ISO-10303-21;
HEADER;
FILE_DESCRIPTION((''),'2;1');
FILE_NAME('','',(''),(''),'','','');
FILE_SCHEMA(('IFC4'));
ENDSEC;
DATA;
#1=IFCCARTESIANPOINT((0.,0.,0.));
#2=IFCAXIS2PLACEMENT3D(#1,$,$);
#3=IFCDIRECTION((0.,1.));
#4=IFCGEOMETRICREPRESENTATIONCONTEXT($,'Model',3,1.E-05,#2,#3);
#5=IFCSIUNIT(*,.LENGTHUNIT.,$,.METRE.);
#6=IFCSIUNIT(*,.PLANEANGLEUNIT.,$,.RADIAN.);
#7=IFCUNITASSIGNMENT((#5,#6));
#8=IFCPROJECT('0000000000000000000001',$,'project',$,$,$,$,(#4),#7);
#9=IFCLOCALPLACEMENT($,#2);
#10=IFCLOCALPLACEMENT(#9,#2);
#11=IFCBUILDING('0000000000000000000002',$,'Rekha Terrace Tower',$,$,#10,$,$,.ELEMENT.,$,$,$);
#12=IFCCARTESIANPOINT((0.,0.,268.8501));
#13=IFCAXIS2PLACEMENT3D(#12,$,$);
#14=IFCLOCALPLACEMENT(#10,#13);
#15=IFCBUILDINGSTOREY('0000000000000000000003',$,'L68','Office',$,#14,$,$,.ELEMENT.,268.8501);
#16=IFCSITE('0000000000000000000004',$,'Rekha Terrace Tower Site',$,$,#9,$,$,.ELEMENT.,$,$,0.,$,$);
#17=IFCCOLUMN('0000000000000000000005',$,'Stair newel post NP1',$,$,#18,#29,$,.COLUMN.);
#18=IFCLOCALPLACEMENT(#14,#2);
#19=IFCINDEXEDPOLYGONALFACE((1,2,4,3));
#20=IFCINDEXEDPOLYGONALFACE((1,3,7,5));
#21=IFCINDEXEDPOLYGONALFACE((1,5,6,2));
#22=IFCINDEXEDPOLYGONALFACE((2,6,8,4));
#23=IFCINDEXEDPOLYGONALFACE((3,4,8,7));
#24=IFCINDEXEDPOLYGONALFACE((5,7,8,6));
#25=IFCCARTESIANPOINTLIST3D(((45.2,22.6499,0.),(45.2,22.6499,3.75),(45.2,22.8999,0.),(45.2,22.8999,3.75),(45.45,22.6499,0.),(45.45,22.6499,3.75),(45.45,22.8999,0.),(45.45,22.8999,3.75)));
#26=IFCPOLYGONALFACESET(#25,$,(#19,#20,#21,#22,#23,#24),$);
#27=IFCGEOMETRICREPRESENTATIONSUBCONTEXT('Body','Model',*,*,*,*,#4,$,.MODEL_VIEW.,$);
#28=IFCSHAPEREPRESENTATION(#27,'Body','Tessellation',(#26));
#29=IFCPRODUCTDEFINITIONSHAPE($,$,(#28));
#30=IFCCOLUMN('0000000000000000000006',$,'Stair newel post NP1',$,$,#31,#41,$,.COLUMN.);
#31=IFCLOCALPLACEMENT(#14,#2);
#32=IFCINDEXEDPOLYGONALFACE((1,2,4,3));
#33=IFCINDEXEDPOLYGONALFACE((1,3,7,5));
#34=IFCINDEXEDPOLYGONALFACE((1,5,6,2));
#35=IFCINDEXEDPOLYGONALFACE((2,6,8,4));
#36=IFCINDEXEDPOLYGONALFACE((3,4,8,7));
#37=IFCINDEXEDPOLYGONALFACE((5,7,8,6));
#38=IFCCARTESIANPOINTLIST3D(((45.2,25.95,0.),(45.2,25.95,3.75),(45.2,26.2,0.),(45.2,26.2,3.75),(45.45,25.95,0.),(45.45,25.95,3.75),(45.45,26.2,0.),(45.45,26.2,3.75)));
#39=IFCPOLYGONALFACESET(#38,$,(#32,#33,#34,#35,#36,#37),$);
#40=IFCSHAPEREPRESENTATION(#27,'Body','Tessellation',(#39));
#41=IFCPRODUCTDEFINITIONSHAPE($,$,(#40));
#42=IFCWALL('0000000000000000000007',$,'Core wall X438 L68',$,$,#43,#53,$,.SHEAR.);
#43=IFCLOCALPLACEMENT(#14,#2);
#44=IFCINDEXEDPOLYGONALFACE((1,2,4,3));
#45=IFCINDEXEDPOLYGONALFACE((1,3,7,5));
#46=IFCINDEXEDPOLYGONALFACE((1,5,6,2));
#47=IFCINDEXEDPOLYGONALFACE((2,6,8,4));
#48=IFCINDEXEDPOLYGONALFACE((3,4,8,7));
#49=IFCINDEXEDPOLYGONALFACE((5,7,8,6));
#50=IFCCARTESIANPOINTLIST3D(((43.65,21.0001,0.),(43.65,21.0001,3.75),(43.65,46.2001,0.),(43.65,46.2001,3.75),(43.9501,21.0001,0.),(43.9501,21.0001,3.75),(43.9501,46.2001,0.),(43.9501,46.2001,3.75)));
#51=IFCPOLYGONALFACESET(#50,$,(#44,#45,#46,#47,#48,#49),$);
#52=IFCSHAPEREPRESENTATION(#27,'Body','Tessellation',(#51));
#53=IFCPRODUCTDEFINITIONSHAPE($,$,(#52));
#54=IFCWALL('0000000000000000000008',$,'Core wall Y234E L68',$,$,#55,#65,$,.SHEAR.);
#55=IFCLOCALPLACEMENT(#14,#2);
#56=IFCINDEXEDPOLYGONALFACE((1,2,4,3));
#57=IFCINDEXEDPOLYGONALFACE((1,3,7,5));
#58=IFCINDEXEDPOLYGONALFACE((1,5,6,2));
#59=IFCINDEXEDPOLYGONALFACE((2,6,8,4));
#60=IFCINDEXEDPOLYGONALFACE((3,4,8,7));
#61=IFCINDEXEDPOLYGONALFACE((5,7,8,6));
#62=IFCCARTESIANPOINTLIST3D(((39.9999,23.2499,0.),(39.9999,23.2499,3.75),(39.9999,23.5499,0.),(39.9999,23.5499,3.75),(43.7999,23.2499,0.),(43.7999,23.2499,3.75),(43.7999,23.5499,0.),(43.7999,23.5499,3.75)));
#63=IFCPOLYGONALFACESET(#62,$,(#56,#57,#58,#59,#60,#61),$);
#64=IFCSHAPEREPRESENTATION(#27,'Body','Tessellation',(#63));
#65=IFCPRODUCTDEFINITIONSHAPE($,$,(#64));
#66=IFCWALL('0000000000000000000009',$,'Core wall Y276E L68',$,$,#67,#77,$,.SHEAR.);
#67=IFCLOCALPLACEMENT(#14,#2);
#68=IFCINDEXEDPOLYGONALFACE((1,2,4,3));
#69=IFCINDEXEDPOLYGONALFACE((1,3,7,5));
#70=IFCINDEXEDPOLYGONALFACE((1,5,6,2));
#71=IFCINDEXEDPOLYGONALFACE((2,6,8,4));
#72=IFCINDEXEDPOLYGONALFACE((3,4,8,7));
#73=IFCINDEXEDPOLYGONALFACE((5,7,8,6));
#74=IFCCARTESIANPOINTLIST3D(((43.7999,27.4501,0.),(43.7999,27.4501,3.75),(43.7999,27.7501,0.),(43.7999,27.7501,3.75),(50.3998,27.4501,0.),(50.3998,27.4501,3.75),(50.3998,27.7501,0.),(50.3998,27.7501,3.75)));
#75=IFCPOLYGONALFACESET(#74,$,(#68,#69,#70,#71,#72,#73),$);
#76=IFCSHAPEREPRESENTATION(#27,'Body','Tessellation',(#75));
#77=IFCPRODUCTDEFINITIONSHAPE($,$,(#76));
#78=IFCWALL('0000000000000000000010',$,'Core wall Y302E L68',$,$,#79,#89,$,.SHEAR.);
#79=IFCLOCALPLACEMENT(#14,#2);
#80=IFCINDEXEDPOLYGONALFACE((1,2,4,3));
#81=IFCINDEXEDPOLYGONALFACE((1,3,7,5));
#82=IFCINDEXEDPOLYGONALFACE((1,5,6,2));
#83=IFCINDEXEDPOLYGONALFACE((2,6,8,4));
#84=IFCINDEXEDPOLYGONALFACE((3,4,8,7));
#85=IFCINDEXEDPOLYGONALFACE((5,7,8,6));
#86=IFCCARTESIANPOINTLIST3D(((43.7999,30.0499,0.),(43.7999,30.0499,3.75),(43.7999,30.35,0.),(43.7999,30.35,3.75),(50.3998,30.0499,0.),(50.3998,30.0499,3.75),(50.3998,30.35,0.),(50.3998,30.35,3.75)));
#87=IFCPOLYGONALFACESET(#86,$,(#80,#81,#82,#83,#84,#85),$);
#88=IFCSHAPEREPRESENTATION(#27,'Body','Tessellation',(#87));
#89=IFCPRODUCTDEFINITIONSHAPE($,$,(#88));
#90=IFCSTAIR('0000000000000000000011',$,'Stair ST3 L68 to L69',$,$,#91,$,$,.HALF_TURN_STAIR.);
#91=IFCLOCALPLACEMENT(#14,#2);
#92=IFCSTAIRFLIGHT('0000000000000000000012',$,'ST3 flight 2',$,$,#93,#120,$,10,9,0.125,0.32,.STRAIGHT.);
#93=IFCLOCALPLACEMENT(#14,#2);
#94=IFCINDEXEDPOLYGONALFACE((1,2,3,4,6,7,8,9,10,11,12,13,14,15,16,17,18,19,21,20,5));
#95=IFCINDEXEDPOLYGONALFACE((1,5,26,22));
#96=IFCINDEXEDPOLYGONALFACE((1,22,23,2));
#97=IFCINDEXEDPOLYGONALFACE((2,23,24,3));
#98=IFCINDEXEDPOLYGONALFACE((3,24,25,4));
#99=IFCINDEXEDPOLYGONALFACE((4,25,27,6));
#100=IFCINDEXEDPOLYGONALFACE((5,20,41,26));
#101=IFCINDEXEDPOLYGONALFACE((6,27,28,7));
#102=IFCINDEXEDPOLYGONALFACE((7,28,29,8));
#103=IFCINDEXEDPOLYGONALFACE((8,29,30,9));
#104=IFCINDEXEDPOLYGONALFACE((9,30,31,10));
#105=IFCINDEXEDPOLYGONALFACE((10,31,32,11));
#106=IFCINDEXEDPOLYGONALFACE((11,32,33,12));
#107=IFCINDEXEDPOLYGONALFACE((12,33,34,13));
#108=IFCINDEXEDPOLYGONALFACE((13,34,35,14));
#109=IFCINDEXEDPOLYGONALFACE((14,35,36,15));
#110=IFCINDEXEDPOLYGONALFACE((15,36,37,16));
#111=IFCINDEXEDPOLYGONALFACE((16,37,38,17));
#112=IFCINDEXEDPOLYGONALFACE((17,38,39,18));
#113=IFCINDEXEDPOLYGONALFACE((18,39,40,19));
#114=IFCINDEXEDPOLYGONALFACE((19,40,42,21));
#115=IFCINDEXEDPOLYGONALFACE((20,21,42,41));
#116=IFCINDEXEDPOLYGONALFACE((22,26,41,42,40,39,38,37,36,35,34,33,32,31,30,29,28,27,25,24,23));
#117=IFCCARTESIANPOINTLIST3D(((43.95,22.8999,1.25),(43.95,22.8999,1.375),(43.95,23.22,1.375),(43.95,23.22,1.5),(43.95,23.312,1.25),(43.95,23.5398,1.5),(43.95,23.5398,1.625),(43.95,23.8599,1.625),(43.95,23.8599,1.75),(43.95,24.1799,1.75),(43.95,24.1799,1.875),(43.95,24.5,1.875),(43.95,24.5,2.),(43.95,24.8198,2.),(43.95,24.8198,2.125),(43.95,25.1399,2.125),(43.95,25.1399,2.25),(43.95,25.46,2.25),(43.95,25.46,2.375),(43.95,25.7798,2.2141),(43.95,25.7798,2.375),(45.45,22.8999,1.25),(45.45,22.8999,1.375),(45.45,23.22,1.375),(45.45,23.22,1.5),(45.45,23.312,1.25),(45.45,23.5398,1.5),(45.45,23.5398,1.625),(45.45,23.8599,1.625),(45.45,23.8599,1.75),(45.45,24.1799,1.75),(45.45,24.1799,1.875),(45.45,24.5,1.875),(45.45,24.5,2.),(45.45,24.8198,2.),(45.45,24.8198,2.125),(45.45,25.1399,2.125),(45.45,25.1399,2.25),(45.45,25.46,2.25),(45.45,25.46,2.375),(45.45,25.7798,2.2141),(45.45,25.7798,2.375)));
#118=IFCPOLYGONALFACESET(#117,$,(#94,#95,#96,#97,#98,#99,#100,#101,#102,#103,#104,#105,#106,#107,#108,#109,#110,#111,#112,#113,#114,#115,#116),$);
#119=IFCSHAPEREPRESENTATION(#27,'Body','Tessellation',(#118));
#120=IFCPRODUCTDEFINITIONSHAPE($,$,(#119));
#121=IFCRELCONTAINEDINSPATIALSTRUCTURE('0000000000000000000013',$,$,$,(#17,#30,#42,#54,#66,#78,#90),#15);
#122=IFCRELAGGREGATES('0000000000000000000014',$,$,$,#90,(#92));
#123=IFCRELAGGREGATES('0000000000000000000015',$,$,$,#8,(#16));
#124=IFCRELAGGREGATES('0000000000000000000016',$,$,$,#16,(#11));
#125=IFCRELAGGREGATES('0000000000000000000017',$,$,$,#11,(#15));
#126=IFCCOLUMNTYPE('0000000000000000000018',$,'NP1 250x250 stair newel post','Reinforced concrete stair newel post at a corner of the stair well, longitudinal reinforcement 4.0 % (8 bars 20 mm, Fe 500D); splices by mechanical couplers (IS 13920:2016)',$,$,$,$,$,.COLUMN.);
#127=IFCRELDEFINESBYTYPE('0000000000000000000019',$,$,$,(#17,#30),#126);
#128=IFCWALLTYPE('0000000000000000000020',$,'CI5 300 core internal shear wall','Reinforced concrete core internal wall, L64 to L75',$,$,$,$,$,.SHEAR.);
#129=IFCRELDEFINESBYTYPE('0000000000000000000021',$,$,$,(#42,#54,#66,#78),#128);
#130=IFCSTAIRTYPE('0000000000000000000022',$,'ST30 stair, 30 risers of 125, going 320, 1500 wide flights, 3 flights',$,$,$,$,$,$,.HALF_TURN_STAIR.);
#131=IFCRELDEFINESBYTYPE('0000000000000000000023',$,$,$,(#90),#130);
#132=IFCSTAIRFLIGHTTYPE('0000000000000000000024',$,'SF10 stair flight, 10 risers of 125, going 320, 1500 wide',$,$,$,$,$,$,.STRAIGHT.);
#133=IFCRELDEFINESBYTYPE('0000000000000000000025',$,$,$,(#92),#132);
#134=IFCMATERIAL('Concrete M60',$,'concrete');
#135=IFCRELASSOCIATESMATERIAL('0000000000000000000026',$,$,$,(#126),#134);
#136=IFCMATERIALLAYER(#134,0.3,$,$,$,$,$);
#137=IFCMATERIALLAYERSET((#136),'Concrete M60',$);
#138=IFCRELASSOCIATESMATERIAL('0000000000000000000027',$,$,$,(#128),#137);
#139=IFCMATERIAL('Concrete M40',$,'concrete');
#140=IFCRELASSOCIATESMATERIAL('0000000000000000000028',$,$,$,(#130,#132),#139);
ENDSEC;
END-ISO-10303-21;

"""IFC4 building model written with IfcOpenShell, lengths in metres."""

from ifc_helpers import new_model, si_unit, direction, frame, frame_2d, origin, origin_2d, place, context, subcontext, project, spatial, polyline, rectangle, outline, extrude, material, layer, layer_set, material_profile, profile_set, type_object, element, aggregate, save


model = new_model("IFC4")

# Units and contexts
model_context = context("Model", 3, precision=1e-05, world=origin(), true_north=direction((0.0, 1.0)))
body_context = subcontext(model_context, "Body", "Model", "MODEL_VIEW")
ifc_project = project(units=[si_unit("LENGTHUNIT", "METRE"), si_unit("PLANEANGLEUNIT", "RADIAN")], contexts=[model_context])

# Site, building, storey
site_placement = place(None, origin())
site = spatial("IfcSite", under=ifc_project, at=site_placement, Name="Rekha Terrace Tower Site", CompositionType="ELEMENT", RefElevation=0.0)
building_placement = place(site_placement, origin())
building = spatial("IfcBuilding", under=site, at=building_placement, Name="Rekha Terrace Tower", CompositionType="ELEMENT")
storey_placement = place(building_placement, frame((0.0, 0.0, 268.8501)))
storey = spatial("IfcBuildingStorey", under=building, at=storey_placement, Name="L68", Description="Office", CompositionType="ELEMENT", Elevation=268.8501)

# Columns
ifc_material_1 = material(Name="Concrete M60", Category="concrete")
ifc_material_profile = material_profile(ifc_material_1, rectangle(XDim=0.25, YDim=0.25, at=origin_2d()), Name="RC 250x250")
ifc_profile_set = profile_set([ifc_material_profile], Name="Concrete M60")
column_type = type_object("IfcColumnType", Name="NP1 250x250 stair newel post", Description="Reinforced concrete stair newel post at a corner of the stair well, longitudinal reinforcement 4.0 % (8 bars 20 mm, Fe 500D); splices by mechanical couplers (IS 13920:2016)", PredefinedType="COLUMN", material=ifc_profile_set)
for number, where, z_axis, x_axis, name in (
    (1, (45.325, 22.7749, 0.0), (0.0, 0.0, 1.0), (1.0, 0.0, 0.0), "Stair newel post NP1"),
    (2, (45.325, 26.075, 0.0), (0.0, 0.0, 1.0), (1.0, 0.0, 0.0), "Stair newel post NP1"),
):
    element("IfcColumn", number, at=place(storey_placement, frame(where, z_axis=z_axis, x_axis=x_axis)), inside=storey, type_object=column_type, Name=name, PredefinedType="COLUMN", context=body_context, shape_type="SweptSolid", body=[
        extrude(rectangle(XDim=0.25, YDim=0.25, at=origin_2d()), origin(), (0.0, 0.0, 1.0), 3.75),
    ])

# Walls
ifc_layer = layer(ifc_material_1, 0.3)
ifc_layer_set = layer_set([ifc_layer], Name="Concrete M60")
wall_type = type_object("IfcWallType", Name="CI5 300 core internal shear wall", Description="Reinforced concrete core internal wall, L64 to L75", PredefinedType="SHEAR", material=ifc_layer_set)
wall_1_placement = place(storey_placement, frame((43.8, 21.0, 0.0), z_axis=(0.0, 0.0, 1.0), x_axis=(0.0, 1.0, 0.0)))
element("IfcWall", 3, at=wall_1_placement, inside=storey, type_object=wall_type, Name="Core wall X438 L68", PredefinedType="SHEAR", context=body_context, shape_type="SweptSolid", body=[
    extrude(rectangle(XDim=25.2, YDim=0.3, at=frame_2d((12.6001, 0.0))), origin(), (0.0, 0.0, 1.0), 3.75),
])
wall_2_placement = place(storey_placement, frame((40.0, 23.3999, 0.0), z_axis=(0.0, 0.0, 1.0), x_axis=(1.0, 0.0, 0.0)))
element("IfcWall", 4, at=wall_2_placement, inside=storey, type_object=wall_type, Name="Core wall Y234E L68", PredefinedType="SHEAR", context=body_context, shape_type="SweptSolid", body=[
    extrude(rectangle(XDim=3.8, YDim=0.3, at=frame_2d((1.8999, 0.0))), origin(), (0.0, 0.0, 1.0), 3.75),
])
for number, where, z_axis, x_axis, name in (
    (5, (43.8, 27.6001, 0.0), (0.0, 0.0, 1.0), (1.0, 0.0, 0.0), "Core wall Y276E L68"),
    (6, (43.8, 30.2, 0.0), (0.0, 0.0, 1.0), (1.0, 0.0, 0.0), "Core wall Y302E L68"),
):
    element("IfcWall", number, at=place(storey_placement, frame(where, z_axis=z_axis, x_axis=x_axis)), inside=storey, type_object=wall_type, Name=name, PredefinedType="SHEAR", context=body_context, shape_type="SweptSolid", body=[
        extrude(rectangle(XDim=6.5999, YDim=0.3, at=frame_2d((3.2998, 0.0))), origin(), (0.0, 0.0, 1.0), 3.75),
    ])

# Stair, stair flight
ifc_material_2 = material(Name="Concrete M40", Category="concrete")
stair_type = type_object("IfcStairType", Name="ST30 stair, 30 risers of 125, going 320, 1500 wide flights, 3 flights", PredefinedType="HALF_TURN_STAIR", material=ifc_material_2)
stair_placement = place(storey_placement, origin())
stair = element("IfcStair", 7, at=stair_placement, inside=storey, type_object=stair_type, Name="Stair ST3 L68 to L69", PredefinedType="HALF_TURN_STAIR")
stair_flight_type = type_object("IfcStairFlightType", Name="SF10 stair flight, 10 risers of 125, going 320, 1500 wide", PredefinedType="STRAIGHT", material=ifc_material_2)
stair_flight_placement = place(storey_placement, frame((44.7, 22.8999, 1.25), z_axis=(0.0, 0.0, 1.0), x_axis=(0.0, 1.0, 0.0)))
stair_flight = element("IfcStairFlight", 8, at=stair_flight_placement, type_object=stair_flight_type, Name="ST3 flight 2", NumberOfRisers=10, NumberOfTreads=9, PredefinedType="STRAIGHT", RiserHeight=0.125, TreadLength=0.32, context=body_context, shape_type="SweptSolid", body=[
    extrude(outline(polyline([(0.0, 0.0), (0.0, 0.125), (0.3201, 0.125), (0.3201, 0.25), (0.6399, 0.25), (0.6399, 0.375), (0.96, 0.375), (0.96, 0.5), (1.28, 0.5), (1.28, 0.625), (1.6001, 0.625), (1.6001, 0.75), (1.9199, 0.75), (1.9199, 0.875), (2.24, 0.875), (2.24, 1.0), (2.5601, 1.0), (2.5601, 1.125), (2.8799, 1.125), (2.8799, 1.25), (2.8799, 0.9641), (0.4121, 0.0), (0.0, 0.0)])), frame((0.0, 0.75, 0.0), z_axis=(0.0, -1.0, 0.0), x_axis=(1.0, 0.0, 0.0)), (0.0, 0.0, 1.0), 1.5),
])
aggregate(stair, [stair_flight])

save(model, "model.ifc")
